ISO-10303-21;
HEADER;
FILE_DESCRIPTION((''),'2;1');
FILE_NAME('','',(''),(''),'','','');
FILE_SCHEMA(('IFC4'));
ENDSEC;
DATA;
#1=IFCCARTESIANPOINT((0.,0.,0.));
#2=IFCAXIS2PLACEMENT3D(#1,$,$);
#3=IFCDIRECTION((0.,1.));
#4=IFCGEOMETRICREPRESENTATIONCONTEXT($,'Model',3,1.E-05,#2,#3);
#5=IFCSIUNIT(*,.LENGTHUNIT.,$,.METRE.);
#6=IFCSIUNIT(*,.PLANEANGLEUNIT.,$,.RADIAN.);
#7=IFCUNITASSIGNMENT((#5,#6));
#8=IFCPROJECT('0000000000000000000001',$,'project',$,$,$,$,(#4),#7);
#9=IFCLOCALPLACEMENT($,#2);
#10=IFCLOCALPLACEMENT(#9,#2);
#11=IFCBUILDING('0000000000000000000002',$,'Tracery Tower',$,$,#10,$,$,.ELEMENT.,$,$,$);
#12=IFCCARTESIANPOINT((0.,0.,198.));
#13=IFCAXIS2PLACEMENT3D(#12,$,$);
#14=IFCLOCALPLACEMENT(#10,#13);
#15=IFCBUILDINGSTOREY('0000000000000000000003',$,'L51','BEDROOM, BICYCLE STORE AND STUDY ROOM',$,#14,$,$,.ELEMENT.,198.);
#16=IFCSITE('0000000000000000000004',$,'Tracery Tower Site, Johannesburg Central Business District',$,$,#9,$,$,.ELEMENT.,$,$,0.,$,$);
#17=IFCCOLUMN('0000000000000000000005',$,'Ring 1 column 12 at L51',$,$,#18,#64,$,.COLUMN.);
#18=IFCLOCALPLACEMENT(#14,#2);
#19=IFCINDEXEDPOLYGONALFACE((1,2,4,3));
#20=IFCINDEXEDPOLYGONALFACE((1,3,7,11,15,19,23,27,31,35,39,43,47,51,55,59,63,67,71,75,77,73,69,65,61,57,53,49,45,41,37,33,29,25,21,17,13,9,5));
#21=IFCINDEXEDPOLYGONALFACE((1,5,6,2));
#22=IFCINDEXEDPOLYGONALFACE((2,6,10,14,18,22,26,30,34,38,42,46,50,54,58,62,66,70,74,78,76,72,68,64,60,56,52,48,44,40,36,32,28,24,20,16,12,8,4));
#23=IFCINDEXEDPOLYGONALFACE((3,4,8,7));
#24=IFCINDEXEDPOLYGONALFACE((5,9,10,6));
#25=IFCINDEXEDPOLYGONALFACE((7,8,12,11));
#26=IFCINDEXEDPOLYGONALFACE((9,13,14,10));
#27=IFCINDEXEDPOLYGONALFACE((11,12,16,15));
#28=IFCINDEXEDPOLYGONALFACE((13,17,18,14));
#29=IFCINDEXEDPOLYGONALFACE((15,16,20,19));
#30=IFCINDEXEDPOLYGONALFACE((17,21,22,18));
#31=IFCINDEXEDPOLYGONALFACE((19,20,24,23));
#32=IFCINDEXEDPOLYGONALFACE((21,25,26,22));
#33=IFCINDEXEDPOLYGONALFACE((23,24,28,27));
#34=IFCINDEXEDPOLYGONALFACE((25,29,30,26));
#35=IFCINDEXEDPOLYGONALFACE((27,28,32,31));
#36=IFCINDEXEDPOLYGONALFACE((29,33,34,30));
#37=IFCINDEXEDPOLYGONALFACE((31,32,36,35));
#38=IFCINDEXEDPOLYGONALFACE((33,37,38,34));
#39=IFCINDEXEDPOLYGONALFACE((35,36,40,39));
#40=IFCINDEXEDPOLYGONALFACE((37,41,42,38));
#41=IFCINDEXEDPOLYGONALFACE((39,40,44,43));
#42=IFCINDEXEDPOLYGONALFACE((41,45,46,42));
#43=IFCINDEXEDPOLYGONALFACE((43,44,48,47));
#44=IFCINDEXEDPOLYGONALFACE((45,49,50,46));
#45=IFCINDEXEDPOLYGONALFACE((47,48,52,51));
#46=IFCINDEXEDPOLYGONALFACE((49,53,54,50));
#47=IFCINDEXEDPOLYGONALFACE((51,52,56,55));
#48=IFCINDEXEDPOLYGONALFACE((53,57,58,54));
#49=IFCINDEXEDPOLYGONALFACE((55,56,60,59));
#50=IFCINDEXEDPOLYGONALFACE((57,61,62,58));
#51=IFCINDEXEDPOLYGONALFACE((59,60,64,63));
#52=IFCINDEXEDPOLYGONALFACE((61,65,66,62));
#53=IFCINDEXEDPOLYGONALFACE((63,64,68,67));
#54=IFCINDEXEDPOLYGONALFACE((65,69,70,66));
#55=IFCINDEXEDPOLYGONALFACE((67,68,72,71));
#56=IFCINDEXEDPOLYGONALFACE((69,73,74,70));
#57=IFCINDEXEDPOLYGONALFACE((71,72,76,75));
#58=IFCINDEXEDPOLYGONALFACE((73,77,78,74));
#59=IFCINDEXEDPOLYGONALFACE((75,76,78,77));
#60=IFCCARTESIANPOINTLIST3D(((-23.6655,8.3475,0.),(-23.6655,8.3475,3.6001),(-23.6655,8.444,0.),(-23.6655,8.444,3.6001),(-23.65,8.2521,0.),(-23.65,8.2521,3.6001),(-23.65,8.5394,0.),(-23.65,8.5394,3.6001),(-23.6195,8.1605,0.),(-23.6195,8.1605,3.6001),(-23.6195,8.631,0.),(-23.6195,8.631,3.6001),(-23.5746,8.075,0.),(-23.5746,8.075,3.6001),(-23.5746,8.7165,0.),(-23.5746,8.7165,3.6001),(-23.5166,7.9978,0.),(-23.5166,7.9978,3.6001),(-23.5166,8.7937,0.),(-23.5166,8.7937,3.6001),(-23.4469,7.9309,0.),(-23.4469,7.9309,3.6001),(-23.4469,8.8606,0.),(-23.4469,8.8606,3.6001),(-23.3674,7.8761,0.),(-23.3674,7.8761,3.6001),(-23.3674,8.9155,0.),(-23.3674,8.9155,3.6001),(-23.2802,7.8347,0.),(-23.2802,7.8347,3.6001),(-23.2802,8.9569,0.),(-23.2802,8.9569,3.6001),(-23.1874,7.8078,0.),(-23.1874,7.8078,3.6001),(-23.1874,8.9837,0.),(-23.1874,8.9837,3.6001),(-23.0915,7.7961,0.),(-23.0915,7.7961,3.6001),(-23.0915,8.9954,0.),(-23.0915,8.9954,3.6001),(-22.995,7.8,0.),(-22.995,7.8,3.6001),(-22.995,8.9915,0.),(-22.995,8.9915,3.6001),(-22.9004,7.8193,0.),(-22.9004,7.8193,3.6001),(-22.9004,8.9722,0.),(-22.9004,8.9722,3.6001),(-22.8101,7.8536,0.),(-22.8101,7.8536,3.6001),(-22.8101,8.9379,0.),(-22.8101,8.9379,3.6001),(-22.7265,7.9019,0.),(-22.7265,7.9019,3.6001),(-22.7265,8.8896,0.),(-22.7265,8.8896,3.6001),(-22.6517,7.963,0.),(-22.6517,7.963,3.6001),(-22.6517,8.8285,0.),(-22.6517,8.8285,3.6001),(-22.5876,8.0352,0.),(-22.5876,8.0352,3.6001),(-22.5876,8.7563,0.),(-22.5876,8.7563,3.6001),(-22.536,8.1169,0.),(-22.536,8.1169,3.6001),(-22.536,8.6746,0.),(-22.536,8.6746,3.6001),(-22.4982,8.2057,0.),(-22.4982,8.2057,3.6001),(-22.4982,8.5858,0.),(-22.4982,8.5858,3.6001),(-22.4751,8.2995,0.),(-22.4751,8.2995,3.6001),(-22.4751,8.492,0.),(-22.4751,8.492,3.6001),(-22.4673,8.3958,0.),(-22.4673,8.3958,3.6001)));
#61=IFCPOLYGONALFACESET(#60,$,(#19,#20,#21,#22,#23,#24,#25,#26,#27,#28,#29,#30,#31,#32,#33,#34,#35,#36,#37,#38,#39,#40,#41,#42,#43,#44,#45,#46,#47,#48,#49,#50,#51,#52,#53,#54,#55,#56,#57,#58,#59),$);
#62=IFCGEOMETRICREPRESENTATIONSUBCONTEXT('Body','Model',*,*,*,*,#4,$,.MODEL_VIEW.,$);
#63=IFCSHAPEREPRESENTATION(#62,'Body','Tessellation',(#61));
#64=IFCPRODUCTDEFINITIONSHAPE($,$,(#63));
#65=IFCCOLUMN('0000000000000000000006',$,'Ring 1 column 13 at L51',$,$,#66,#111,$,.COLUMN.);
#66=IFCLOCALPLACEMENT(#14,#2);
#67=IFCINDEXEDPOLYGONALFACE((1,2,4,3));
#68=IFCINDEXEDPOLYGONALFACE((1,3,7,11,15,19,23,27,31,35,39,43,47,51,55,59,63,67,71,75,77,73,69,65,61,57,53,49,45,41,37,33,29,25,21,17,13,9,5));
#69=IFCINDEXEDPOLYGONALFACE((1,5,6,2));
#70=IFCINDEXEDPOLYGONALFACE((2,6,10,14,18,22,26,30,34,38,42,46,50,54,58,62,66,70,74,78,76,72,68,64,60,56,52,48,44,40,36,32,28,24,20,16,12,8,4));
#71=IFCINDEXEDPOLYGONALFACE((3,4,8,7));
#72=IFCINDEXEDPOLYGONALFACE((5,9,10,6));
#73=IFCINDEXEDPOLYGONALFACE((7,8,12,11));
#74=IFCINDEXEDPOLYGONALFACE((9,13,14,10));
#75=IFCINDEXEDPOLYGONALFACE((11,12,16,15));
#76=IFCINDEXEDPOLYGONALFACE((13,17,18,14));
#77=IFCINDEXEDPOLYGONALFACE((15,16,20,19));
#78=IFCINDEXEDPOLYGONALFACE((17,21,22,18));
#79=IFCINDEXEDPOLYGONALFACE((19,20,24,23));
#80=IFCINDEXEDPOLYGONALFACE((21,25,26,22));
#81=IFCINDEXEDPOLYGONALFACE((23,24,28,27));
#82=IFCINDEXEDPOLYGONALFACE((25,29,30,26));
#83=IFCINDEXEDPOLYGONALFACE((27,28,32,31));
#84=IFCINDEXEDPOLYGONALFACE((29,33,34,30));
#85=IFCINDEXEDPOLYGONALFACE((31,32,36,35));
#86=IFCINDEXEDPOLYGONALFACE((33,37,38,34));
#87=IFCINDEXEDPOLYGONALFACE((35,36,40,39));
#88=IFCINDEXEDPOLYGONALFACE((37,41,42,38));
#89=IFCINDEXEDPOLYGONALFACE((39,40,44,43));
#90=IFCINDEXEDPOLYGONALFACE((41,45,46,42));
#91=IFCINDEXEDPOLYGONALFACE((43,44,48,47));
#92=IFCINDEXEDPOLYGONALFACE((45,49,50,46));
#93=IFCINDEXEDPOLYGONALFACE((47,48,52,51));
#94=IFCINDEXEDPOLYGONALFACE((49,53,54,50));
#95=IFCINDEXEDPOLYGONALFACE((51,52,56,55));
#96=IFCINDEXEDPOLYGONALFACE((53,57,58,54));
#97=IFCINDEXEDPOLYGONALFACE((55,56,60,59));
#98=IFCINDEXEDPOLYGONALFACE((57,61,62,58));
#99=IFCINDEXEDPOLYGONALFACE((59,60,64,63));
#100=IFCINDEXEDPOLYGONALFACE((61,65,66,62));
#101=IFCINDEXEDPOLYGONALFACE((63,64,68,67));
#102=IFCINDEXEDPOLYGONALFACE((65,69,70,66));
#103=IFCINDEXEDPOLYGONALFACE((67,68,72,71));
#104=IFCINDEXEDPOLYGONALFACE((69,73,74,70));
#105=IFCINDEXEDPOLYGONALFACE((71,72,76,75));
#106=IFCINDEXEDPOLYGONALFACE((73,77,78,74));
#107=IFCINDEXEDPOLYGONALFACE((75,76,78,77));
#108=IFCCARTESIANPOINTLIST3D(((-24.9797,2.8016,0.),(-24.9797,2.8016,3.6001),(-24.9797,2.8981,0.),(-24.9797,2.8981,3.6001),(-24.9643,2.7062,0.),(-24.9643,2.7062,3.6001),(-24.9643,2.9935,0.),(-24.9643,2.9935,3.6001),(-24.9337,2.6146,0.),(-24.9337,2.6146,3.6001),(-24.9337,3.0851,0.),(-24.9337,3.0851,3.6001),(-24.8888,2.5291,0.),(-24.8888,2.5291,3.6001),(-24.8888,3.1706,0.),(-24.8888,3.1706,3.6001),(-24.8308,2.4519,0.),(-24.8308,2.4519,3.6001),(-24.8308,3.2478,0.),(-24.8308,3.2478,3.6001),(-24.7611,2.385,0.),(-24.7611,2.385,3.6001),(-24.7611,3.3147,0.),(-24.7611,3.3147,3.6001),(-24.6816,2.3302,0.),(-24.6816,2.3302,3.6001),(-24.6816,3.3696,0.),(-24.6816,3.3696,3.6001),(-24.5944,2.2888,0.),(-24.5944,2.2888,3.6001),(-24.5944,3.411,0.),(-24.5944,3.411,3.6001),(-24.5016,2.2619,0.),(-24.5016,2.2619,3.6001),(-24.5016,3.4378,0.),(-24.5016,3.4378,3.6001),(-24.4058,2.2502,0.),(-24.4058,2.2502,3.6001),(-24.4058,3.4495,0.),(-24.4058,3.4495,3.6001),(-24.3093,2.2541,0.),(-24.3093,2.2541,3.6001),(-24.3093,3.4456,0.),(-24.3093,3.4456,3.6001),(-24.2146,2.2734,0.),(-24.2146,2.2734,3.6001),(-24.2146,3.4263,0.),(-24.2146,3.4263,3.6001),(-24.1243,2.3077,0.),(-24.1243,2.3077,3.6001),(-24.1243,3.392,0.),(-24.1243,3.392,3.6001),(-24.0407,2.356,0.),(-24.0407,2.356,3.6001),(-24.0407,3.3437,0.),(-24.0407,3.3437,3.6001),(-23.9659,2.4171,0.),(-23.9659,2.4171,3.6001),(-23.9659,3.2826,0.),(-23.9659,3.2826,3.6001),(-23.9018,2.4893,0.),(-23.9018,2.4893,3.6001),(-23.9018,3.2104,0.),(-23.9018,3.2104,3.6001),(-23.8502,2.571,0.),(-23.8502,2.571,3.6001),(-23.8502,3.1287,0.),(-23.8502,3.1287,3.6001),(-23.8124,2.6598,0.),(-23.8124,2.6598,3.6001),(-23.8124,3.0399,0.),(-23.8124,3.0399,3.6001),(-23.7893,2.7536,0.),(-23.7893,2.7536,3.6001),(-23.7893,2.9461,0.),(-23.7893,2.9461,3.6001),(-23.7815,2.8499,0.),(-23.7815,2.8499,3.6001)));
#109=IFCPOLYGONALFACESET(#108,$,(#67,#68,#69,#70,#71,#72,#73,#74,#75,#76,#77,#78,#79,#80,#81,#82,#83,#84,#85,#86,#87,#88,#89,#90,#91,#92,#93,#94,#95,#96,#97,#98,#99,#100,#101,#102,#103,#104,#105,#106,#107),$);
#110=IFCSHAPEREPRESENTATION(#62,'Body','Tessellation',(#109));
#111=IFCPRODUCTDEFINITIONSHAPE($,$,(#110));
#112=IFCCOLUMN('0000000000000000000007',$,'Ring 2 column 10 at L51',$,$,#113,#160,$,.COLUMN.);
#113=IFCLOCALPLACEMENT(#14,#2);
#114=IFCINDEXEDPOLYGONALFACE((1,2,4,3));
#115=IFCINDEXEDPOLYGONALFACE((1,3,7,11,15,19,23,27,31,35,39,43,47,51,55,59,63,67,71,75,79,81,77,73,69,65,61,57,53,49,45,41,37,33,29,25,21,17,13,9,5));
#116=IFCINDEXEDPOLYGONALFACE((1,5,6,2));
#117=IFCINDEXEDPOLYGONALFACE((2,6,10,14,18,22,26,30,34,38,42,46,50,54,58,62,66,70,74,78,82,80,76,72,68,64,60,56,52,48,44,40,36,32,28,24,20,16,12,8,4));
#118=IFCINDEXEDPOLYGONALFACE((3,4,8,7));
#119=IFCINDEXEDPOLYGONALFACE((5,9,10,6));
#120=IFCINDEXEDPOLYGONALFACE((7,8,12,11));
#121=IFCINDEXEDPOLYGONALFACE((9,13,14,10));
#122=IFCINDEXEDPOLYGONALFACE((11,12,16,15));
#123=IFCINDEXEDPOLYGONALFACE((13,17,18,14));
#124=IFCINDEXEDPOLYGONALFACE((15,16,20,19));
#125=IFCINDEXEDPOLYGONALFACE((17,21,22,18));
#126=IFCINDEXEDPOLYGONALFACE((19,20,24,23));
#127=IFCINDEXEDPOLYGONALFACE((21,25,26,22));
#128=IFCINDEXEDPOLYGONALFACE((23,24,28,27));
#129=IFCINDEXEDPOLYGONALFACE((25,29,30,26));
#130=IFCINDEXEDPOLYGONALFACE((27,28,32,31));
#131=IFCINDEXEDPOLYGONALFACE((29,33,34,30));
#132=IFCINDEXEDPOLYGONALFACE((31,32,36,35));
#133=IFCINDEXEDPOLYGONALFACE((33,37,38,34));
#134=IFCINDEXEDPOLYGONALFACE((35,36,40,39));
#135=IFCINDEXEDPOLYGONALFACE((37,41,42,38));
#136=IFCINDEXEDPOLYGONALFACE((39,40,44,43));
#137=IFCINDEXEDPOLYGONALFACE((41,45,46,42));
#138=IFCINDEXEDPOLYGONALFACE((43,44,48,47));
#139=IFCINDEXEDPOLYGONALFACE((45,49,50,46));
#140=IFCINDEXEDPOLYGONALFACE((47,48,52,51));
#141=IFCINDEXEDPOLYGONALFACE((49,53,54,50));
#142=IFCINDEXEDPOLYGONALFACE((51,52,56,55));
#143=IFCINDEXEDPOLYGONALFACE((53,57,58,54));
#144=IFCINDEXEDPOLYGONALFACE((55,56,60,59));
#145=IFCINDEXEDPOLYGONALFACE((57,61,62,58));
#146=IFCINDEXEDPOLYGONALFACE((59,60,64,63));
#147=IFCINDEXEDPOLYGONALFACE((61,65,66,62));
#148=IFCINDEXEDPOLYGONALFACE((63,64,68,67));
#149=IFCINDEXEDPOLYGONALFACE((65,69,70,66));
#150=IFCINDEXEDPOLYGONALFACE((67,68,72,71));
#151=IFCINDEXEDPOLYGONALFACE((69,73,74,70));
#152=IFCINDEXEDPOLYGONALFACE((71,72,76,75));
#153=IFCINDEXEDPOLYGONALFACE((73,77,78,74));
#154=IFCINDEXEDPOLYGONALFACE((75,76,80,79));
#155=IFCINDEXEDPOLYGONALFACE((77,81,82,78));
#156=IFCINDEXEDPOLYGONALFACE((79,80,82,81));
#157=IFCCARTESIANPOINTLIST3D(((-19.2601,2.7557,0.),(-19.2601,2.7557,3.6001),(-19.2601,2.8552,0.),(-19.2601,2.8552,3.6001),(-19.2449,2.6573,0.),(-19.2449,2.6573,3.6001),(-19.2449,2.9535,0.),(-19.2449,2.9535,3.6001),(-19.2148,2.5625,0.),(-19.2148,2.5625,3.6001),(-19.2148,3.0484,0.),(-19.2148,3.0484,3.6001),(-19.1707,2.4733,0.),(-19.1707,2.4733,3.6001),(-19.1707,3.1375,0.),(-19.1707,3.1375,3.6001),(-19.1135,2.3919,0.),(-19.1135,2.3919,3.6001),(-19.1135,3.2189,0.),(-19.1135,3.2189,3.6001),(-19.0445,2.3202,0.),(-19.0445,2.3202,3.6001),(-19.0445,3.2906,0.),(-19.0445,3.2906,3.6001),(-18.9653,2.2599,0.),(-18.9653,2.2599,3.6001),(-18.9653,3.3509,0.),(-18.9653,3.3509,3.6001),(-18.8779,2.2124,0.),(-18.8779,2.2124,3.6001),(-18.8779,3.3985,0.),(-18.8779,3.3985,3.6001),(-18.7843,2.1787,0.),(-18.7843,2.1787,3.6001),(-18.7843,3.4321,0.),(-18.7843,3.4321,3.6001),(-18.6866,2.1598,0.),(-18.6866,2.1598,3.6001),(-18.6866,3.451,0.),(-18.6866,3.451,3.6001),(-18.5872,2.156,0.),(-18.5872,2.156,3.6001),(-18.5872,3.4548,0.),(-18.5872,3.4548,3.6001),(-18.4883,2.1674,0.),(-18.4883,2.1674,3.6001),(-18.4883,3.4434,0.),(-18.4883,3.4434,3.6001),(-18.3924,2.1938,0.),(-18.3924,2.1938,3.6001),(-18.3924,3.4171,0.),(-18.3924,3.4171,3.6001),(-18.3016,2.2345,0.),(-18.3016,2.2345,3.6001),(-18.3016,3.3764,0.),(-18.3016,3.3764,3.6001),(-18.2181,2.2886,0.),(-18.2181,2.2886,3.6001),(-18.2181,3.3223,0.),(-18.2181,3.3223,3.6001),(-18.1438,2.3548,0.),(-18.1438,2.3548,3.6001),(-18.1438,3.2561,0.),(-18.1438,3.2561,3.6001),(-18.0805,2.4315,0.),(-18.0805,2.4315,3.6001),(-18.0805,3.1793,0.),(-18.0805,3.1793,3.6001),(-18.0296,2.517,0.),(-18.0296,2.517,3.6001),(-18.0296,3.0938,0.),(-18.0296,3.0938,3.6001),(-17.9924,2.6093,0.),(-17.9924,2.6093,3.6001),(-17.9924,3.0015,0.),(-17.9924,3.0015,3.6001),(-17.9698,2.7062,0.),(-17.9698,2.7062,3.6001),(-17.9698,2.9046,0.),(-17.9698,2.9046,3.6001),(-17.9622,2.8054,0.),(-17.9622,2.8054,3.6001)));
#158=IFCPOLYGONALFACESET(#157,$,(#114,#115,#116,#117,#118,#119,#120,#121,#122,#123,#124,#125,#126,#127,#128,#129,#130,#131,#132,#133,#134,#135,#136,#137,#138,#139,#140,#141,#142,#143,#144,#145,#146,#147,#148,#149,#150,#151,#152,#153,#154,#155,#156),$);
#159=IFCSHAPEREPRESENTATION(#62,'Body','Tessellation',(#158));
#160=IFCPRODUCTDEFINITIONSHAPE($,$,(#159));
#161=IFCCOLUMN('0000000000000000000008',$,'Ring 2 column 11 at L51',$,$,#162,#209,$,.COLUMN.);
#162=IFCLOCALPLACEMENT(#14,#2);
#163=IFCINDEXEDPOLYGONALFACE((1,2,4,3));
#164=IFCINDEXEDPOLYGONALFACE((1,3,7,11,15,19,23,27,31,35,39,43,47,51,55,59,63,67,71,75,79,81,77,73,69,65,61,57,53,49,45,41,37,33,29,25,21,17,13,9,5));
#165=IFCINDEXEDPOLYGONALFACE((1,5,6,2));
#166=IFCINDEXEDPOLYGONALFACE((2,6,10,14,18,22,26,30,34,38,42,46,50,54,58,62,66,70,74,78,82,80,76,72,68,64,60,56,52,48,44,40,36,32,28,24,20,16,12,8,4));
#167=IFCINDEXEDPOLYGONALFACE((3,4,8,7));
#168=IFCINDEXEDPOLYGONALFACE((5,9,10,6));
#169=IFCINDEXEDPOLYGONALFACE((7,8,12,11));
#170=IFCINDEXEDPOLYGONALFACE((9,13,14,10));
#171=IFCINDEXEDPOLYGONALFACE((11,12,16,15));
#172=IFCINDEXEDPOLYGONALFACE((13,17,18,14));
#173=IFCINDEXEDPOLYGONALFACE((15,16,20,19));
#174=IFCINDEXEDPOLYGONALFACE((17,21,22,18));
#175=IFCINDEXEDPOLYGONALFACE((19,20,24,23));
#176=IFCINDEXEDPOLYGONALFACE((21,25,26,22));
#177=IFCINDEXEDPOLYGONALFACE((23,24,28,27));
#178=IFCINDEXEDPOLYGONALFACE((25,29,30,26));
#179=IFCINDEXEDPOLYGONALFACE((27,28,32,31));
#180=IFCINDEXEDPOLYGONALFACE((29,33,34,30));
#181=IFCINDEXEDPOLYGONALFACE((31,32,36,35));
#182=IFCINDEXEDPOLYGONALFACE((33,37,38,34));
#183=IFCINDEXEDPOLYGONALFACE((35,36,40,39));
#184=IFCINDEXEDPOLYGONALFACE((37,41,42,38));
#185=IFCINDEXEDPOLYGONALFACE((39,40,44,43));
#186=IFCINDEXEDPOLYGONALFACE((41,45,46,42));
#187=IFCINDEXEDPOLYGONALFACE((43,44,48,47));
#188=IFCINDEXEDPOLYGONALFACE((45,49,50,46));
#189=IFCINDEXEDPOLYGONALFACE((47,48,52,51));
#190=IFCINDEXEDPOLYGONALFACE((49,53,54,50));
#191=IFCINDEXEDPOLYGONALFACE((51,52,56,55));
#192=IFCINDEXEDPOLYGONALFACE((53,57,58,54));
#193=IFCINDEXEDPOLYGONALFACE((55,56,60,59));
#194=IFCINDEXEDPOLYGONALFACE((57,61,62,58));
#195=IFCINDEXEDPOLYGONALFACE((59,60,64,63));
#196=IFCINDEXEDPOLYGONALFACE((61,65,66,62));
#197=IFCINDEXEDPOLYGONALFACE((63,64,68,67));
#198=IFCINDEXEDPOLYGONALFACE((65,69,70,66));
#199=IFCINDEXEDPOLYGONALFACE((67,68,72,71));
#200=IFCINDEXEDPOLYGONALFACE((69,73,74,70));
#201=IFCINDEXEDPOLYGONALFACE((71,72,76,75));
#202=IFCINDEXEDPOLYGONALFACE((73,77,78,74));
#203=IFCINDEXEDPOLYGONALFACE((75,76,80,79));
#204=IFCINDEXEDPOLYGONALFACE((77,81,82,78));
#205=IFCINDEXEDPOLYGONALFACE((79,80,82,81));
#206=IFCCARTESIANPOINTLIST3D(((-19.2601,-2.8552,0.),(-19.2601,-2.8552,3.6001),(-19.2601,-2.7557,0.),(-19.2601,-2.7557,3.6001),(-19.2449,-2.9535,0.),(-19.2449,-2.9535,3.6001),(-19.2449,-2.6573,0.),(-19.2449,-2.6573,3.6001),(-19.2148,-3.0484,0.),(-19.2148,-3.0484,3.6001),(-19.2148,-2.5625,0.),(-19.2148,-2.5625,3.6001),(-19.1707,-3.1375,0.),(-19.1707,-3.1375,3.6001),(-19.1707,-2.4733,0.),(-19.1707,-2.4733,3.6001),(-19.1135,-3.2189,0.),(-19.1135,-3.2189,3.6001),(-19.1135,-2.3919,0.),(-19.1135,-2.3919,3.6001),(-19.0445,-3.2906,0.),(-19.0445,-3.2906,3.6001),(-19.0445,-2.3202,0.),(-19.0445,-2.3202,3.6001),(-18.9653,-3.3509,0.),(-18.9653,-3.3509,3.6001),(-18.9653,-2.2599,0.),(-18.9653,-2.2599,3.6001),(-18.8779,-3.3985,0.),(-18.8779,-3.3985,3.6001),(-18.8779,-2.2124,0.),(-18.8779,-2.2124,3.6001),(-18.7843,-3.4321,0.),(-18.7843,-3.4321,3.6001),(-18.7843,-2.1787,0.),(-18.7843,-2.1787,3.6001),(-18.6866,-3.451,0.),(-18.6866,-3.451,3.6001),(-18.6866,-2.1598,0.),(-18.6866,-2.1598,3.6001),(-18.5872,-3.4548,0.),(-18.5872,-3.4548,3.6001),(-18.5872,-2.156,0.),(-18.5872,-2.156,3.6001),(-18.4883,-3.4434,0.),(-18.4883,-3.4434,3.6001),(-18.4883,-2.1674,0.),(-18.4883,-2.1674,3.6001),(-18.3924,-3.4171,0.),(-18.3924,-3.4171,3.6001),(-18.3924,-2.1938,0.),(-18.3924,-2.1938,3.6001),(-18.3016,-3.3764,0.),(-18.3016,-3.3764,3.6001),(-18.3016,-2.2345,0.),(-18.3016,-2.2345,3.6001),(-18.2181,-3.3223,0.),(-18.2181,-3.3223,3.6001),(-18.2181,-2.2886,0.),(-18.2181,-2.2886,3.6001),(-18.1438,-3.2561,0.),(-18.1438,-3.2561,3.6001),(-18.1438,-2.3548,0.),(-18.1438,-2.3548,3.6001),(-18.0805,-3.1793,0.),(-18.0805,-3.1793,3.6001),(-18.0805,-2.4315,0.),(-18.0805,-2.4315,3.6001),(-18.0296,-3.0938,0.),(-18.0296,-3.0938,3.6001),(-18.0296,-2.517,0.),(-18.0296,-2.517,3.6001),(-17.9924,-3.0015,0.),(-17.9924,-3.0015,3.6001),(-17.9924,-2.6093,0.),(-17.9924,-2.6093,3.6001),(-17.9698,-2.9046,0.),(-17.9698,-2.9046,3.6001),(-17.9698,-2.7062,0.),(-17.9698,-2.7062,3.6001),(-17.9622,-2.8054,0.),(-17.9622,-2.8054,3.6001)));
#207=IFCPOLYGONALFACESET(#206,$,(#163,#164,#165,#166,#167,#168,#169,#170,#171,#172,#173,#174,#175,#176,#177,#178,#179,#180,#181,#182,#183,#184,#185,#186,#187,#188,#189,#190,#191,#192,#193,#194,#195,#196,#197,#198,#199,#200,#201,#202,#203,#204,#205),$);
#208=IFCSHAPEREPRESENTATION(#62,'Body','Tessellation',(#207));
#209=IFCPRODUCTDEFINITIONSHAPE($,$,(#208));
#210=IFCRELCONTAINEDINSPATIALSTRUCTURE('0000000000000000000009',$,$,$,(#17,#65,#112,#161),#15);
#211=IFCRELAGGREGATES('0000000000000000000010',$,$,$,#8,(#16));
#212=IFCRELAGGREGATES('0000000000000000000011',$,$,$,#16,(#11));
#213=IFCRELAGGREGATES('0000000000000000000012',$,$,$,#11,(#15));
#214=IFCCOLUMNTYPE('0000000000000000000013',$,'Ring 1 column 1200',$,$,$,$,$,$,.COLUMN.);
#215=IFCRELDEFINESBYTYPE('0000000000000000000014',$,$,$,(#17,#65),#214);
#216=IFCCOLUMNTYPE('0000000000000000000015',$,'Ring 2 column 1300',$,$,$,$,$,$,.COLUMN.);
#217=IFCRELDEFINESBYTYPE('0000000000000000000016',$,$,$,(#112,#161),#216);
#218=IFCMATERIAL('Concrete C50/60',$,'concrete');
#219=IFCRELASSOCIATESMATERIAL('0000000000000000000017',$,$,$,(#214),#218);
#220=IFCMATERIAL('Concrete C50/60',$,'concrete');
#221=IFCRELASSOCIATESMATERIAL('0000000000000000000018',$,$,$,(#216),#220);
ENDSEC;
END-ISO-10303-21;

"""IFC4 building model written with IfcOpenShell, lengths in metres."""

from ifc_helpers import new_model, si_unit, direction, frame, origin, origin_2d, place, context, subcontext, project, spatial, circle, extrude, material, material_profile, profile_set, type_object, element, save


model = new_model("IFC4")

# Units and contexts
model_context = context("Model", 3, precision=1e-05, world=origin(), true_north=direction((0.0, 1.0)))
body_context = subcontext(model_context, "Body", "Model", "MODEL_VIEW")
ifc_project = project(units=[si_unit("LENGTHUNIT", "METRE"), si_unit("PLANEANGLEUNIT", "RADIAN")], contexts=[model_context])

# Site, building, storey
site_placement = place(None, origin())
site = spatial("IfcSite", under=ifc_project, at=site_placement, Name="Tracery Tower Site, Johannesburg Central Business District", CompositionType="ELEMENT", RefElevation=0.0)
building_placement = place(site_placement, origin())
building = spatial("IfcBuilding", under=site, at=building_placement, Name="Tracery Tower", CompositionType="ELEMENT")
storey_placement = place(building_placement, frame((0.0, 0.0, 198.0)))
storey = spatial("IfcBuildingStorey", under=building, at=storey_placement, Name="L51", Description="BEDROOM, BICYCLE STORE AND STUDY ROOM", CompositionType="ELEMENT", Elevation=198.0)

# Columns
ifc_material_1 = material(Name="Concrete C50/60", Category="concrete")
ifc_material_profile_1 = material_profile(ifc_material_1, circle(Radius=0.6001, at=origin_2d()), Name="RC D1200")
ifc_profile_set_1 = profile_set([ifc_material_profile_1], Name="Concrete C50/60")
column_type_1 = type_object("IfcColumnType", Name="Ring 1 column 1200", PredefinedType="COLUMN", material=ifc_profile_set_1)
for number, where, z_axis, x_axis, name in (
    (1, (-23.0674, 8.3958, 0.0), (0.0, 0.0, 1.0), (1.0, 0.0, 0.0), "Ring 1 column 12 at L51"),
    (2, (-24.3816, 2.8499, 0.0), (0.0, 0.0, 1.0), (1.0, 0.0, 0.0), "Ring 1 column 13 at L51"),
):
    element("IfcColumn", number, at=place(storey_placement, frame(where, z_axis=z_axis, x_axis=x_axis)), inside=storey, type_object=column_type_1, Name=name, PredefinedType="COLUMN", context=body_context, shape_type="SweptSolid", body=[
        extrude(circle(Radius=0.6001, at=origin_2d()), origin(), (0.0, 0.0, 1.0), 3.6001),
    ])
ifc_material_2 = material(Name="Concrete C50/60", Category="concrete")
ifc_material_profile_2 = material_profile(ifc_material_2, circle(Radius=0.6499, at=origin_2d()), Name="RC D1300")
ifc_profile_set_2 = profile_set([ifc_material_profile_2], Name="Concrete C50/60")
column_type_2 = type_object("IfcColumnType", Name="Ring 2 column 1300", PredefinedType="COLUMN", material=ifc_profile_set_2)
for number, where, z_axis, x_axis, name in (
    (3, (-18.6121, 2.8054, 0.0), (0.0, 0.0, 1.0), (1.0, 0.0, 0.0), "Ring 2 column 10 at L51"),
    (4, (-18.6121, -2.8054, 0.0), (0.0, 0.0, 1.0), (1.0, 0.0, 0.0), "Ring 2 column 11 at L51"),
):
    element("IfcColumn", number, at=place(storey_placement, frame(where, z_axis=z_axis, x_axis=x_axis)), inside=storey, type_object=column_type_2, Name=name, PredefinedType="COLUMN", context=body_context, shape_type="SweptSolid", body=[
        extrude(circle(Radius=0.6499, at=origin_2d()), origin(), (0.0, 0.0, 1.0), 3.6001),
    ])

save(model, "model.ifc")
